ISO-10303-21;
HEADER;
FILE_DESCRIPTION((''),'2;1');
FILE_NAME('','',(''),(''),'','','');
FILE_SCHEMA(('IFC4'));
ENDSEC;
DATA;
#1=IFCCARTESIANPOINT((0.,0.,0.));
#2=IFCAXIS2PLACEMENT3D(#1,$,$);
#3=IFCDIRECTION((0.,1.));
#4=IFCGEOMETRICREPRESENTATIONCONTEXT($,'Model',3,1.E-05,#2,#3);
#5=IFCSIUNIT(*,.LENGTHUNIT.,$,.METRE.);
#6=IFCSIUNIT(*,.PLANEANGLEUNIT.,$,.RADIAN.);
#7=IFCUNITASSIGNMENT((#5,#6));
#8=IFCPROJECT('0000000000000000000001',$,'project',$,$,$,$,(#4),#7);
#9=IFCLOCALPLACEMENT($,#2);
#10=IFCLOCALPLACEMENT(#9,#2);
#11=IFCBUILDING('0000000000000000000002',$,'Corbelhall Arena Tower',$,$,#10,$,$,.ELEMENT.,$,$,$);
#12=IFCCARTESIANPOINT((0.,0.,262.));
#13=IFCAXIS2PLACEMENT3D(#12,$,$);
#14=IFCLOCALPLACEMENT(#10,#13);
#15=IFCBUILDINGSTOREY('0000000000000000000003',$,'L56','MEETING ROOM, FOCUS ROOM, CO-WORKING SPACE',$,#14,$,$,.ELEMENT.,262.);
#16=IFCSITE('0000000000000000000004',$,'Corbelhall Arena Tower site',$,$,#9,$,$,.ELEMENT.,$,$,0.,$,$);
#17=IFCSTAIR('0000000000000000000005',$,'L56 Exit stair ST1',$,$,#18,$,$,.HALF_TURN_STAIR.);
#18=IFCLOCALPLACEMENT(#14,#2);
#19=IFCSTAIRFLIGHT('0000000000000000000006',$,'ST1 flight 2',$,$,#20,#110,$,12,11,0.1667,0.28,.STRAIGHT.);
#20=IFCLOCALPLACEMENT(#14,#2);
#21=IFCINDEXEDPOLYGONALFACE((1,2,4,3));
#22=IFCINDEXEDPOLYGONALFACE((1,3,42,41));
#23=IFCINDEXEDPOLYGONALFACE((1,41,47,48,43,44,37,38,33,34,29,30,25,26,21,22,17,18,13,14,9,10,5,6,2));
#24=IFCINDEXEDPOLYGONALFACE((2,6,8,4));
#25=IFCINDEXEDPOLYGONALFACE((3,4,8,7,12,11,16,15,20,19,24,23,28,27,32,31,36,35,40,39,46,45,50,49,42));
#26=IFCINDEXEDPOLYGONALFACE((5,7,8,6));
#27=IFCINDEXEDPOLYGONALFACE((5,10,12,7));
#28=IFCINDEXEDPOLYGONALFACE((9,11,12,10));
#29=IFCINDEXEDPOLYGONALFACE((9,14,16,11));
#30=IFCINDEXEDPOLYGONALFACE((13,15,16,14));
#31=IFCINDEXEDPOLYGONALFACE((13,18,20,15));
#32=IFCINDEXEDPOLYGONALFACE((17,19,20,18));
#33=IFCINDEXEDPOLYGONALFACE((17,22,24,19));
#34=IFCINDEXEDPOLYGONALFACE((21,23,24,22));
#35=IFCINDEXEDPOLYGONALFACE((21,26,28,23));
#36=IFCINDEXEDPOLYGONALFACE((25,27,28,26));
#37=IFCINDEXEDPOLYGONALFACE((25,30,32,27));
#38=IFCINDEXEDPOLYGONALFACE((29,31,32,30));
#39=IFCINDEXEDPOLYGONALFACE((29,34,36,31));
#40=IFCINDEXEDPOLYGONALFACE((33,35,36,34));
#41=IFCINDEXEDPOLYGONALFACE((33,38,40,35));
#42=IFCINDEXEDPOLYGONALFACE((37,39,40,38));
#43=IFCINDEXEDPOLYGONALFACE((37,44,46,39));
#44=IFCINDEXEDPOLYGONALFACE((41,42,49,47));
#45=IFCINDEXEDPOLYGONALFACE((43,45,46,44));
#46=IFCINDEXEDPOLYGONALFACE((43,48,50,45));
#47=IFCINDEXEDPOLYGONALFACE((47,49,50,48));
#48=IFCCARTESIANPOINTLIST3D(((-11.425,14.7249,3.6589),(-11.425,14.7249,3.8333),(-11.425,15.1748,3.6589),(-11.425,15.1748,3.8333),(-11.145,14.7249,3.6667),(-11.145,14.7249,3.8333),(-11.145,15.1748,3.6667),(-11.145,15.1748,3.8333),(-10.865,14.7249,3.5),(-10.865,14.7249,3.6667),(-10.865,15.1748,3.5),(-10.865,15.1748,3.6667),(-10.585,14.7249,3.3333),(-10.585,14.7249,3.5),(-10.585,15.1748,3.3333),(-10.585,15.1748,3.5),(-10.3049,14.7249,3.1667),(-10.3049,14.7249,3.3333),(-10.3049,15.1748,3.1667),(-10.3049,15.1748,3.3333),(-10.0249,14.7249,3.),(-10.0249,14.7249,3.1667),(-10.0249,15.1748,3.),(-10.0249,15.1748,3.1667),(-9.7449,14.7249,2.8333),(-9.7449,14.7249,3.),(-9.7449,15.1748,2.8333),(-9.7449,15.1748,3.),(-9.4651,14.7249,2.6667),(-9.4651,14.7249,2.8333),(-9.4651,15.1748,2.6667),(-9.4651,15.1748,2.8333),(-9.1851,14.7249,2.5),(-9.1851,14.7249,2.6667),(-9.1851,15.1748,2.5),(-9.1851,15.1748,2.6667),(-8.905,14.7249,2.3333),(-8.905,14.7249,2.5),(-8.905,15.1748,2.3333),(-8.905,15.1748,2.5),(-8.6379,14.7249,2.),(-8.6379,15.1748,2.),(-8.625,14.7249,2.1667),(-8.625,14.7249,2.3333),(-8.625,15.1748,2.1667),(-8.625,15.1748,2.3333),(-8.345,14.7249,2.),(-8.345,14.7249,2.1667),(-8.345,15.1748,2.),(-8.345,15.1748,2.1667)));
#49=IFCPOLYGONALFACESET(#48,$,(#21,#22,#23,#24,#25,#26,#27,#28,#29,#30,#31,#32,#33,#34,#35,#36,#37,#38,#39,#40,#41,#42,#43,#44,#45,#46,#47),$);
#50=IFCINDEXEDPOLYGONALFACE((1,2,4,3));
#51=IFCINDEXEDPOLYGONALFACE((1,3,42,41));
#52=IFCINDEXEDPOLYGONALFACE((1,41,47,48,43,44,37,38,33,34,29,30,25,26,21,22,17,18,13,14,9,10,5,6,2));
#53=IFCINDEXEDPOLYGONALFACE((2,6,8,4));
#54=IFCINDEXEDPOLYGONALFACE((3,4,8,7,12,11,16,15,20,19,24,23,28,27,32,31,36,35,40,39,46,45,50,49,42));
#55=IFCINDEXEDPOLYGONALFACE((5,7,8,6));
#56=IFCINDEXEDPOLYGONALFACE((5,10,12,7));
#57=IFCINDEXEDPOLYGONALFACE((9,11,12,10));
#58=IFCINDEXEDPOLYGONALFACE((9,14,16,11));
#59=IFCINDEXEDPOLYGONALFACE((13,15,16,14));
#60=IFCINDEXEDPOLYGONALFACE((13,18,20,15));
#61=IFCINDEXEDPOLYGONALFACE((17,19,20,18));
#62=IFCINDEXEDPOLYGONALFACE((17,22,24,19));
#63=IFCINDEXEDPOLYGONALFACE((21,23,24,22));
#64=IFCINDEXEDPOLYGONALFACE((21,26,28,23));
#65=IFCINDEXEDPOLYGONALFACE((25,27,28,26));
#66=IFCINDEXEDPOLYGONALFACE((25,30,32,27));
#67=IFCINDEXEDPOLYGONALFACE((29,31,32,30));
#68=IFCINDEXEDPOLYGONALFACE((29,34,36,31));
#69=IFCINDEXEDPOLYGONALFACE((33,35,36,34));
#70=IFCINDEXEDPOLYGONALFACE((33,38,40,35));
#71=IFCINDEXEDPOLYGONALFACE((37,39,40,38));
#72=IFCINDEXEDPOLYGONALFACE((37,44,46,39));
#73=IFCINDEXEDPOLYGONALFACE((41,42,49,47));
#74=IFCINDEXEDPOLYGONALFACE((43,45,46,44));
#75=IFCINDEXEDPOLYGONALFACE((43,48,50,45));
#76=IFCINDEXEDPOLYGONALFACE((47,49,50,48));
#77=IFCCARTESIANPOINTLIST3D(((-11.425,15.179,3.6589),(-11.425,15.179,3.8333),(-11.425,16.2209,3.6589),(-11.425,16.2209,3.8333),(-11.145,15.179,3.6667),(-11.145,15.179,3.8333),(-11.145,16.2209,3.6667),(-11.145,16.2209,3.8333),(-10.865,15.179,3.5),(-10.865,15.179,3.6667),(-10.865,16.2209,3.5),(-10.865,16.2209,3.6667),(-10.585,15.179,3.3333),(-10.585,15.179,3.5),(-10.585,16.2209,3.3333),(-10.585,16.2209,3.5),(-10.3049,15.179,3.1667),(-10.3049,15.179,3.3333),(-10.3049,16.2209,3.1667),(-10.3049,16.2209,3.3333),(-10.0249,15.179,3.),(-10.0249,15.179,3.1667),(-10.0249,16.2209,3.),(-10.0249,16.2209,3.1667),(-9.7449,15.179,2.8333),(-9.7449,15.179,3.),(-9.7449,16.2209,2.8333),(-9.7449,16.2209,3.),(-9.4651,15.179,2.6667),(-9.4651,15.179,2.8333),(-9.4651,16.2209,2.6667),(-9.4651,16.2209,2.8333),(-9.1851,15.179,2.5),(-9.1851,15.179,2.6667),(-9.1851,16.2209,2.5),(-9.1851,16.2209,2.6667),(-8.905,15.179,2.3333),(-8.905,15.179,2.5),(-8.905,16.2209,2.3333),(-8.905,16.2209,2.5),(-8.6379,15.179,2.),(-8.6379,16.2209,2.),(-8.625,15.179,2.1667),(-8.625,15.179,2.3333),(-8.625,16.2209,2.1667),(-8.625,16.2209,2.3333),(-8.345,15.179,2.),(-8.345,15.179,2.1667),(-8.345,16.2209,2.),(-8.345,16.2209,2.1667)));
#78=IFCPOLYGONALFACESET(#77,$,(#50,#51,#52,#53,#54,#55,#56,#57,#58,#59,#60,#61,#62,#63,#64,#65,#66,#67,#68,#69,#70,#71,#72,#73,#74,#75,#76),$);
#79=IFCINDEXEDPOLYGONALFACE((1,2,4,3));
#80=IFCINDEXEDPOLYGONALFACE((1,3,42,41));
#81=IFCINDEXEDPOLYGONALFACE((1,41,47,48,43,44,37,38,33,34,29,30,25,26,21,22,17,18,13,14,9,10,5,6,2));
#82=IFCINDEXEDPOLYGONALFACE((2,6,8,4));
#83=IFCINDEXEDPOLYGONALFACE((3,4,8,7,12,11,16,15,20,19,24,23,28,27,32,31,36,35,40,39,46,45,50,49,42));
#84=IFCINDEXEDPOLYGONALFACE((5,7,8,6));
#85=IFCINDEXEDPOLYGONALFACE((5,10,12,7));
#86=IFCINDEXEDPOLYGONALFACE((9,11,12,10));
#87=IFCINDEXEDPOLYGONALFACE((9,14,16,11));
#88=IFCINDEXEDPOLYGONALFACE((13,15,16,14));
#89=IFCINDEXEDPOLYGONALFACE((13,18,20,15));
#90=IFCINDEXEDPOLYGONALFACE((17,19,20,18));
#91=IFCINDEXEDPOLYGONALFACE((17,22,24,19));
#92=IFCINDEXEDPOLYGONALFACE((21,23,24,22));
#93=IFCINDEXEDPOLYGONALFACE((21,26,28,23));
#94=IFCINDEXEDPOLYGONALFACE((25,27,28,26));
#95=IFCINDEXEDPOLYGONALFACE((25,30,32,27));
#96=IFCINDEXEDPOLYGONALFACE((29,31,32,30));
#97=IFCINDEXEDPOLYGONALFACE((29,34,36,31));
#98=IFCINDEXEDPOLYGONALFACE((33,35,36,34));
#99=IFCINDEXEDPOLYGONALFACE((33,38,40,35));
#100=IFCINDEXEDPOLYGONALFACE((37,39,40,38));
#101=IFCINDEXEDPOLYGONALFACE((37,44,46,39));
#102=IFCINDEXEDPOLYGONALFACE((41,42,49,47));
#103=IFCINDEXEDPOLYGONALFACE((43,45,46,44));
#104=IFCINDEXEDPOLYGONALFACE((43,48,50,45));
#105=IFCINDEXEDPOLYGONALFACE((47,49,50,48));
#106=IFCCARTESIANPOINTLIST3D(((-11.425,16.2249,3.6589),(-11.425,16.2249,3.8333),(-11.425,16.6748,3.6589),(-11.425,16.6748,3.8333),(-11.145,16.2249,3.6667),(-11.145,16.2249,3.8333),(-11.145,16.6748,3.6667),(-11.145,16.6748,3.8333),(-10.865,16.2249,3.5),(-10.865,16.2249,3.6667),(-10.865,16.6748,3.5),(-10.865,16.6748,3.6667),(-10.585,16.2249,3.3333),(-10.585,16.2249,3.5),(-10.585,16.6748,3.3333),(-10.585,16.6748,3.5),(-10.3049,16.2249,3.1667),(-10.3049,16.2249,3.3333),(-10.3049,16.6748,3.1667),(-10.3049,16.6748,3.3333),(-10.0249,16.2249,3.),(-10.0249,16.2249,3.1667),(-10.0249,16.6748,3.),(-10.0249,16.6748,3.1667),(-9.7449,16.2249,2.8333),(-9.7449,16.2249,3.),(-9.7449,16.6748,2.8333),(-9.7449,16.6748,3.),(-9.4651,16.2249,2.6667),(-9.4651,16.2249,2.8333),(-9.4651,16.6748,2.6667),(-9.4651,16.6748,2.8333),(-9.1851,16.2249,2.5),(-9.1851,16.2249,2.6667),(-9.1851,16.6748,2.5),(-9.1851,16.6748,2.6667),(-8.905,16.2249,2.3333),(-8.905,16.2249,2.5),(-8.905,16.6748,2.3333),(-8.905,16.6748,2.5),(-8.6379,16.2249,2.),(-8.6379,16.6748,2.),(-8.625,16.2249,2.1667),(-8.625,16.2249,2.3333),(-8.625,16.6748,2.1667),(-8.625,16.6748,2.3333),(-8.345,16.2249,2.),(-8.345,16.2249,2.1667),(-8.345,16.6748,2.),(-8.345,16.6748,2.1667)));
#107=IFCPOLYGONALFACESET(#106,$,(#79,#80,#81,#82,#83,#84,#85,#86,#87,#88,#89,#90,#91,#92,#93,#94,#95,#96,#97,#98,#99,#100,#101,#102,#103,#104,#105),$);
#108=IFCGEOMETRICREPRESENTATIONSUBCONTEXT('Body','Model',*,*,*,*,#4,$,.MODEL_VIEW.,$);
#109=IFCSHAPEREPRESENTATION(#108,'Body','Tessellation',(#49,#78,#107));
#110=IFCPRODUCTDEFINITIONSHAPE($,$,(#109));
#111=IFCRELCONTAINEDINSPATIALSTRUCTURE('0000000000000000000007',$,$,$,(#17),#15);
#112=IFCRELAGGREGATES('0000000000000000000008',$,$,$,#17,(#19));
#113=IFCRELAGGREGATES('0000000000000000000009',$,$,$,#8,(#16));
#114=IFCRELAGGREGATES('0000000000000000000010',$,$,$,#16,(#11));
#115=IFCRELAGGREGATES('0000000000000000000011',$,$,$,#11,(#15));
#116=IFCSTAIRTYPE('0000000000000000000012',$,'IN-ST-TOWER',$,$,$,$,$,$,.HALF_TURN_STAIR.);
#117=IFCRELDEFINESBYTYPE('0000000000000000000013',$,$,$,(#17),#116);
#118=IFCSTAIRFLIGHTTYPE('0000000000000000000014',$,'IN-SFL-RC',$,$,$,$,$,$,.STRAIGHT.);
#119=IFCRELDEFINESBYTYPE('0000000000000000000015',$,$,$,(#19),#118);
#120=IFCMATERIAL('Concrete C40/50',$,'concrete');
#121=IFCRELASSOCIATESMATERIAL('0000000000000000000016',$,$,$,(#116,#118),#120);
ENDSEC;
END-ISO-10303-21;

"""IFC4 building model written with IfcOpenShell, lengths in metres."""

from ifc_helpers import new_model, si_unit, direction, frame, origin, place, context, subcontext, project, spatial, polyline, outline, extrude, material, type_object, element, aggregate, save


model = new_model("IFC4")

# Units and contexts
model_context = context("Model", 3, precision=1e-05, world=origin(), true_north=direction((0.0, 1.0)))
body_context = subcontext(model_context, "Body", "Model", "MODEL_VIEW")
ifc_project = project(units=[si_unit("LENGTHUNIT", "METRE"), si_unit("PLANEANGLEUNIT", "RADIAN")], contexts=[model_context])

# Site, building, storey
site_placement = place(None, origin())
site = spatial("IfcSite", under=ifc_project, at=site_placement, Name="Corbelhall Arena Tower site", CompositionType="ELEMENT", RefElevation=0.0)
building_placement = place(site_placement, origin())
building = spatial("IfcBuilding", under=site, at=building_placement, Name="Corbelhall Arena Tower", CompositionType="ELEMENT")
storey_placement = place(building_placement, frame((0.0, 0.0, 262.0)))
storey = spatial("IfcBuildingStorey", under=building, at=storey_placement, Name="L56", Description="MEETING ROOM, FOCUS ROOM, CO-WORKING SPACE", CompositionType="ELEMENT", Elevation=262.0)

# Shared definitions
ifc_material_1 = material(Name="Concrete C40/50", Category="concrete")

# Stair, stair flight
stair_type = type_object("IfcStairType", Name="IN-ST-TOWER", PredefinedType="HALF_TURN_STAIR", material=ifc_material_1)
stair_placement = place(storey_placement, origin())
stair = element("IfcStair", 1, at=stair_placement, inside=storey, type_object=stair_type, Name="L56 Exit stair ST1", PredefinedType="HALF_TURN_STAIR")
stair_flight_type = type_object("IfcStairFlightType", Name="IN-SFL-RC", PredefinedType="STRAIGHT", material=ifc_material_1)
stair_flight_1_placement = place(storey_placement, frame((-8.345, 15.7, 2.0), z_axis=(0.0, 0.0, 1.0), x_axis=(-1.0, 0.0, 0.0)))
stair_flight_1 = element("IfcStairFlight", 2, at=stair_flight_1_placement, type_object=stair_flight_type, Name="ST1 flight 2", NumberOfRisers=12, NumberOfTreads=11, PredefinedType="STRAIGHT", RiserHeight=0.1667, TreadLength=0.28, context=body_context, shape_type="SweptSolid", body=[
    extrude(outline(polyline([(0.0, 0.0), (0.0, 0.1667), (0.28, 0.1667), (0.28, 0.3333), (0.5601, 0.3333), (0.5601, 0.5), (0.8401, 0.5), (0.8401, 0.6667), (1.1201, 0.6667), (1.1201, 0.8333), (1.3999, 0.8333), (1.3999, 1.0), (1.6799, 1.0), (1.6799, 1.1667), (1.96, 1.1667), (1.96, 1.3333), (2.24, 1.3333), (2.24, 1.5), (2.52, 1.5), (2.52, 1.6667), (2.8, 1.6667), (2.8, 1.8333), (3.0801, 1.8333), (3.0801, 2.0), (3.0801, 1.6589), (0.293, 0.0), (0.0, 0.0)])), frame((0.0, 0.9751, 0.0), z_axis=(0.0, -1.0, 0.0), x_axis=(1.0, 0.0, 0.0)), (0.0, 0.0, 1.0), 0.45),
    extrude(outline(polyline([(0.0, 0.0), (0.0, 0.1667), (0.28, 0.1667), (0.28, 0.3333), (0.5601, 0.3333), (0.5601, 0.5), (0.8401, 0.5), (0.8401, 0.6667), (1.1201, 0.6667), (1.1201, 0.8333), (1.3999, 0.8333), (1.3999, 1.0), (1.6799, 1.0), (1.6799, 1.1667), (1.96, 1.1667), (1.96, 1.3333), (2.24, 1.3333), (2.24, 1.5), (2.52, 1.5), (2.52, 1.6667), (2.8, 1.6667), (2.8, 1.8333), (3.0801, 1.8333), (3.0801, 2.0), (3.0801, 1.6589), (0.293, 0.0), (0.0, 0.0)])), frame((0.0, 0.521, 0.0), z_axis=(0.0, -1.0, 0.0), x_axis=(1.0, 0.0, 0.0)), (0.0, 0.0, 1.0), 1.042),
    extrude(outline(polyline([(0.0, 0.0), (0.0, 0.1667), (0.28, 0.1667), (0.28, 0.3333), (0.5601, 0.3333), (0.5601, 0.5), (0.8401, 0.5), (0.8401, 0.6667), (1.1201, 0.6667), (1.1201, 0.8333), (1.3999, 0.8333), (1.3999, 1.0), (1.6799, 1.0), (1.6799, 1.1667), (1.96, 1.1667), (1.96, 1.3333), (2.24, 1.3333), (2.24, 1.5), (2.52, 1.5), (2.52, 1.6667), (2.8, 1.6667), (2.8, 1.8333), (3.0801, 1.8333), (3.0801, 2.0), (3.0801, 1.6589), (0.293, 0.0), (0.0, 0.0)])), frame((0.0, -0.5249, 0.0), z_axis=(0.0, -1.0, 0.0), x_axis=(1.0, 0.0, 0.0)), (0.0, 0.0, 1.0), 0.45),
])
aggregate(stair, [stair_flight_1])

save(model, "model.ifc")
